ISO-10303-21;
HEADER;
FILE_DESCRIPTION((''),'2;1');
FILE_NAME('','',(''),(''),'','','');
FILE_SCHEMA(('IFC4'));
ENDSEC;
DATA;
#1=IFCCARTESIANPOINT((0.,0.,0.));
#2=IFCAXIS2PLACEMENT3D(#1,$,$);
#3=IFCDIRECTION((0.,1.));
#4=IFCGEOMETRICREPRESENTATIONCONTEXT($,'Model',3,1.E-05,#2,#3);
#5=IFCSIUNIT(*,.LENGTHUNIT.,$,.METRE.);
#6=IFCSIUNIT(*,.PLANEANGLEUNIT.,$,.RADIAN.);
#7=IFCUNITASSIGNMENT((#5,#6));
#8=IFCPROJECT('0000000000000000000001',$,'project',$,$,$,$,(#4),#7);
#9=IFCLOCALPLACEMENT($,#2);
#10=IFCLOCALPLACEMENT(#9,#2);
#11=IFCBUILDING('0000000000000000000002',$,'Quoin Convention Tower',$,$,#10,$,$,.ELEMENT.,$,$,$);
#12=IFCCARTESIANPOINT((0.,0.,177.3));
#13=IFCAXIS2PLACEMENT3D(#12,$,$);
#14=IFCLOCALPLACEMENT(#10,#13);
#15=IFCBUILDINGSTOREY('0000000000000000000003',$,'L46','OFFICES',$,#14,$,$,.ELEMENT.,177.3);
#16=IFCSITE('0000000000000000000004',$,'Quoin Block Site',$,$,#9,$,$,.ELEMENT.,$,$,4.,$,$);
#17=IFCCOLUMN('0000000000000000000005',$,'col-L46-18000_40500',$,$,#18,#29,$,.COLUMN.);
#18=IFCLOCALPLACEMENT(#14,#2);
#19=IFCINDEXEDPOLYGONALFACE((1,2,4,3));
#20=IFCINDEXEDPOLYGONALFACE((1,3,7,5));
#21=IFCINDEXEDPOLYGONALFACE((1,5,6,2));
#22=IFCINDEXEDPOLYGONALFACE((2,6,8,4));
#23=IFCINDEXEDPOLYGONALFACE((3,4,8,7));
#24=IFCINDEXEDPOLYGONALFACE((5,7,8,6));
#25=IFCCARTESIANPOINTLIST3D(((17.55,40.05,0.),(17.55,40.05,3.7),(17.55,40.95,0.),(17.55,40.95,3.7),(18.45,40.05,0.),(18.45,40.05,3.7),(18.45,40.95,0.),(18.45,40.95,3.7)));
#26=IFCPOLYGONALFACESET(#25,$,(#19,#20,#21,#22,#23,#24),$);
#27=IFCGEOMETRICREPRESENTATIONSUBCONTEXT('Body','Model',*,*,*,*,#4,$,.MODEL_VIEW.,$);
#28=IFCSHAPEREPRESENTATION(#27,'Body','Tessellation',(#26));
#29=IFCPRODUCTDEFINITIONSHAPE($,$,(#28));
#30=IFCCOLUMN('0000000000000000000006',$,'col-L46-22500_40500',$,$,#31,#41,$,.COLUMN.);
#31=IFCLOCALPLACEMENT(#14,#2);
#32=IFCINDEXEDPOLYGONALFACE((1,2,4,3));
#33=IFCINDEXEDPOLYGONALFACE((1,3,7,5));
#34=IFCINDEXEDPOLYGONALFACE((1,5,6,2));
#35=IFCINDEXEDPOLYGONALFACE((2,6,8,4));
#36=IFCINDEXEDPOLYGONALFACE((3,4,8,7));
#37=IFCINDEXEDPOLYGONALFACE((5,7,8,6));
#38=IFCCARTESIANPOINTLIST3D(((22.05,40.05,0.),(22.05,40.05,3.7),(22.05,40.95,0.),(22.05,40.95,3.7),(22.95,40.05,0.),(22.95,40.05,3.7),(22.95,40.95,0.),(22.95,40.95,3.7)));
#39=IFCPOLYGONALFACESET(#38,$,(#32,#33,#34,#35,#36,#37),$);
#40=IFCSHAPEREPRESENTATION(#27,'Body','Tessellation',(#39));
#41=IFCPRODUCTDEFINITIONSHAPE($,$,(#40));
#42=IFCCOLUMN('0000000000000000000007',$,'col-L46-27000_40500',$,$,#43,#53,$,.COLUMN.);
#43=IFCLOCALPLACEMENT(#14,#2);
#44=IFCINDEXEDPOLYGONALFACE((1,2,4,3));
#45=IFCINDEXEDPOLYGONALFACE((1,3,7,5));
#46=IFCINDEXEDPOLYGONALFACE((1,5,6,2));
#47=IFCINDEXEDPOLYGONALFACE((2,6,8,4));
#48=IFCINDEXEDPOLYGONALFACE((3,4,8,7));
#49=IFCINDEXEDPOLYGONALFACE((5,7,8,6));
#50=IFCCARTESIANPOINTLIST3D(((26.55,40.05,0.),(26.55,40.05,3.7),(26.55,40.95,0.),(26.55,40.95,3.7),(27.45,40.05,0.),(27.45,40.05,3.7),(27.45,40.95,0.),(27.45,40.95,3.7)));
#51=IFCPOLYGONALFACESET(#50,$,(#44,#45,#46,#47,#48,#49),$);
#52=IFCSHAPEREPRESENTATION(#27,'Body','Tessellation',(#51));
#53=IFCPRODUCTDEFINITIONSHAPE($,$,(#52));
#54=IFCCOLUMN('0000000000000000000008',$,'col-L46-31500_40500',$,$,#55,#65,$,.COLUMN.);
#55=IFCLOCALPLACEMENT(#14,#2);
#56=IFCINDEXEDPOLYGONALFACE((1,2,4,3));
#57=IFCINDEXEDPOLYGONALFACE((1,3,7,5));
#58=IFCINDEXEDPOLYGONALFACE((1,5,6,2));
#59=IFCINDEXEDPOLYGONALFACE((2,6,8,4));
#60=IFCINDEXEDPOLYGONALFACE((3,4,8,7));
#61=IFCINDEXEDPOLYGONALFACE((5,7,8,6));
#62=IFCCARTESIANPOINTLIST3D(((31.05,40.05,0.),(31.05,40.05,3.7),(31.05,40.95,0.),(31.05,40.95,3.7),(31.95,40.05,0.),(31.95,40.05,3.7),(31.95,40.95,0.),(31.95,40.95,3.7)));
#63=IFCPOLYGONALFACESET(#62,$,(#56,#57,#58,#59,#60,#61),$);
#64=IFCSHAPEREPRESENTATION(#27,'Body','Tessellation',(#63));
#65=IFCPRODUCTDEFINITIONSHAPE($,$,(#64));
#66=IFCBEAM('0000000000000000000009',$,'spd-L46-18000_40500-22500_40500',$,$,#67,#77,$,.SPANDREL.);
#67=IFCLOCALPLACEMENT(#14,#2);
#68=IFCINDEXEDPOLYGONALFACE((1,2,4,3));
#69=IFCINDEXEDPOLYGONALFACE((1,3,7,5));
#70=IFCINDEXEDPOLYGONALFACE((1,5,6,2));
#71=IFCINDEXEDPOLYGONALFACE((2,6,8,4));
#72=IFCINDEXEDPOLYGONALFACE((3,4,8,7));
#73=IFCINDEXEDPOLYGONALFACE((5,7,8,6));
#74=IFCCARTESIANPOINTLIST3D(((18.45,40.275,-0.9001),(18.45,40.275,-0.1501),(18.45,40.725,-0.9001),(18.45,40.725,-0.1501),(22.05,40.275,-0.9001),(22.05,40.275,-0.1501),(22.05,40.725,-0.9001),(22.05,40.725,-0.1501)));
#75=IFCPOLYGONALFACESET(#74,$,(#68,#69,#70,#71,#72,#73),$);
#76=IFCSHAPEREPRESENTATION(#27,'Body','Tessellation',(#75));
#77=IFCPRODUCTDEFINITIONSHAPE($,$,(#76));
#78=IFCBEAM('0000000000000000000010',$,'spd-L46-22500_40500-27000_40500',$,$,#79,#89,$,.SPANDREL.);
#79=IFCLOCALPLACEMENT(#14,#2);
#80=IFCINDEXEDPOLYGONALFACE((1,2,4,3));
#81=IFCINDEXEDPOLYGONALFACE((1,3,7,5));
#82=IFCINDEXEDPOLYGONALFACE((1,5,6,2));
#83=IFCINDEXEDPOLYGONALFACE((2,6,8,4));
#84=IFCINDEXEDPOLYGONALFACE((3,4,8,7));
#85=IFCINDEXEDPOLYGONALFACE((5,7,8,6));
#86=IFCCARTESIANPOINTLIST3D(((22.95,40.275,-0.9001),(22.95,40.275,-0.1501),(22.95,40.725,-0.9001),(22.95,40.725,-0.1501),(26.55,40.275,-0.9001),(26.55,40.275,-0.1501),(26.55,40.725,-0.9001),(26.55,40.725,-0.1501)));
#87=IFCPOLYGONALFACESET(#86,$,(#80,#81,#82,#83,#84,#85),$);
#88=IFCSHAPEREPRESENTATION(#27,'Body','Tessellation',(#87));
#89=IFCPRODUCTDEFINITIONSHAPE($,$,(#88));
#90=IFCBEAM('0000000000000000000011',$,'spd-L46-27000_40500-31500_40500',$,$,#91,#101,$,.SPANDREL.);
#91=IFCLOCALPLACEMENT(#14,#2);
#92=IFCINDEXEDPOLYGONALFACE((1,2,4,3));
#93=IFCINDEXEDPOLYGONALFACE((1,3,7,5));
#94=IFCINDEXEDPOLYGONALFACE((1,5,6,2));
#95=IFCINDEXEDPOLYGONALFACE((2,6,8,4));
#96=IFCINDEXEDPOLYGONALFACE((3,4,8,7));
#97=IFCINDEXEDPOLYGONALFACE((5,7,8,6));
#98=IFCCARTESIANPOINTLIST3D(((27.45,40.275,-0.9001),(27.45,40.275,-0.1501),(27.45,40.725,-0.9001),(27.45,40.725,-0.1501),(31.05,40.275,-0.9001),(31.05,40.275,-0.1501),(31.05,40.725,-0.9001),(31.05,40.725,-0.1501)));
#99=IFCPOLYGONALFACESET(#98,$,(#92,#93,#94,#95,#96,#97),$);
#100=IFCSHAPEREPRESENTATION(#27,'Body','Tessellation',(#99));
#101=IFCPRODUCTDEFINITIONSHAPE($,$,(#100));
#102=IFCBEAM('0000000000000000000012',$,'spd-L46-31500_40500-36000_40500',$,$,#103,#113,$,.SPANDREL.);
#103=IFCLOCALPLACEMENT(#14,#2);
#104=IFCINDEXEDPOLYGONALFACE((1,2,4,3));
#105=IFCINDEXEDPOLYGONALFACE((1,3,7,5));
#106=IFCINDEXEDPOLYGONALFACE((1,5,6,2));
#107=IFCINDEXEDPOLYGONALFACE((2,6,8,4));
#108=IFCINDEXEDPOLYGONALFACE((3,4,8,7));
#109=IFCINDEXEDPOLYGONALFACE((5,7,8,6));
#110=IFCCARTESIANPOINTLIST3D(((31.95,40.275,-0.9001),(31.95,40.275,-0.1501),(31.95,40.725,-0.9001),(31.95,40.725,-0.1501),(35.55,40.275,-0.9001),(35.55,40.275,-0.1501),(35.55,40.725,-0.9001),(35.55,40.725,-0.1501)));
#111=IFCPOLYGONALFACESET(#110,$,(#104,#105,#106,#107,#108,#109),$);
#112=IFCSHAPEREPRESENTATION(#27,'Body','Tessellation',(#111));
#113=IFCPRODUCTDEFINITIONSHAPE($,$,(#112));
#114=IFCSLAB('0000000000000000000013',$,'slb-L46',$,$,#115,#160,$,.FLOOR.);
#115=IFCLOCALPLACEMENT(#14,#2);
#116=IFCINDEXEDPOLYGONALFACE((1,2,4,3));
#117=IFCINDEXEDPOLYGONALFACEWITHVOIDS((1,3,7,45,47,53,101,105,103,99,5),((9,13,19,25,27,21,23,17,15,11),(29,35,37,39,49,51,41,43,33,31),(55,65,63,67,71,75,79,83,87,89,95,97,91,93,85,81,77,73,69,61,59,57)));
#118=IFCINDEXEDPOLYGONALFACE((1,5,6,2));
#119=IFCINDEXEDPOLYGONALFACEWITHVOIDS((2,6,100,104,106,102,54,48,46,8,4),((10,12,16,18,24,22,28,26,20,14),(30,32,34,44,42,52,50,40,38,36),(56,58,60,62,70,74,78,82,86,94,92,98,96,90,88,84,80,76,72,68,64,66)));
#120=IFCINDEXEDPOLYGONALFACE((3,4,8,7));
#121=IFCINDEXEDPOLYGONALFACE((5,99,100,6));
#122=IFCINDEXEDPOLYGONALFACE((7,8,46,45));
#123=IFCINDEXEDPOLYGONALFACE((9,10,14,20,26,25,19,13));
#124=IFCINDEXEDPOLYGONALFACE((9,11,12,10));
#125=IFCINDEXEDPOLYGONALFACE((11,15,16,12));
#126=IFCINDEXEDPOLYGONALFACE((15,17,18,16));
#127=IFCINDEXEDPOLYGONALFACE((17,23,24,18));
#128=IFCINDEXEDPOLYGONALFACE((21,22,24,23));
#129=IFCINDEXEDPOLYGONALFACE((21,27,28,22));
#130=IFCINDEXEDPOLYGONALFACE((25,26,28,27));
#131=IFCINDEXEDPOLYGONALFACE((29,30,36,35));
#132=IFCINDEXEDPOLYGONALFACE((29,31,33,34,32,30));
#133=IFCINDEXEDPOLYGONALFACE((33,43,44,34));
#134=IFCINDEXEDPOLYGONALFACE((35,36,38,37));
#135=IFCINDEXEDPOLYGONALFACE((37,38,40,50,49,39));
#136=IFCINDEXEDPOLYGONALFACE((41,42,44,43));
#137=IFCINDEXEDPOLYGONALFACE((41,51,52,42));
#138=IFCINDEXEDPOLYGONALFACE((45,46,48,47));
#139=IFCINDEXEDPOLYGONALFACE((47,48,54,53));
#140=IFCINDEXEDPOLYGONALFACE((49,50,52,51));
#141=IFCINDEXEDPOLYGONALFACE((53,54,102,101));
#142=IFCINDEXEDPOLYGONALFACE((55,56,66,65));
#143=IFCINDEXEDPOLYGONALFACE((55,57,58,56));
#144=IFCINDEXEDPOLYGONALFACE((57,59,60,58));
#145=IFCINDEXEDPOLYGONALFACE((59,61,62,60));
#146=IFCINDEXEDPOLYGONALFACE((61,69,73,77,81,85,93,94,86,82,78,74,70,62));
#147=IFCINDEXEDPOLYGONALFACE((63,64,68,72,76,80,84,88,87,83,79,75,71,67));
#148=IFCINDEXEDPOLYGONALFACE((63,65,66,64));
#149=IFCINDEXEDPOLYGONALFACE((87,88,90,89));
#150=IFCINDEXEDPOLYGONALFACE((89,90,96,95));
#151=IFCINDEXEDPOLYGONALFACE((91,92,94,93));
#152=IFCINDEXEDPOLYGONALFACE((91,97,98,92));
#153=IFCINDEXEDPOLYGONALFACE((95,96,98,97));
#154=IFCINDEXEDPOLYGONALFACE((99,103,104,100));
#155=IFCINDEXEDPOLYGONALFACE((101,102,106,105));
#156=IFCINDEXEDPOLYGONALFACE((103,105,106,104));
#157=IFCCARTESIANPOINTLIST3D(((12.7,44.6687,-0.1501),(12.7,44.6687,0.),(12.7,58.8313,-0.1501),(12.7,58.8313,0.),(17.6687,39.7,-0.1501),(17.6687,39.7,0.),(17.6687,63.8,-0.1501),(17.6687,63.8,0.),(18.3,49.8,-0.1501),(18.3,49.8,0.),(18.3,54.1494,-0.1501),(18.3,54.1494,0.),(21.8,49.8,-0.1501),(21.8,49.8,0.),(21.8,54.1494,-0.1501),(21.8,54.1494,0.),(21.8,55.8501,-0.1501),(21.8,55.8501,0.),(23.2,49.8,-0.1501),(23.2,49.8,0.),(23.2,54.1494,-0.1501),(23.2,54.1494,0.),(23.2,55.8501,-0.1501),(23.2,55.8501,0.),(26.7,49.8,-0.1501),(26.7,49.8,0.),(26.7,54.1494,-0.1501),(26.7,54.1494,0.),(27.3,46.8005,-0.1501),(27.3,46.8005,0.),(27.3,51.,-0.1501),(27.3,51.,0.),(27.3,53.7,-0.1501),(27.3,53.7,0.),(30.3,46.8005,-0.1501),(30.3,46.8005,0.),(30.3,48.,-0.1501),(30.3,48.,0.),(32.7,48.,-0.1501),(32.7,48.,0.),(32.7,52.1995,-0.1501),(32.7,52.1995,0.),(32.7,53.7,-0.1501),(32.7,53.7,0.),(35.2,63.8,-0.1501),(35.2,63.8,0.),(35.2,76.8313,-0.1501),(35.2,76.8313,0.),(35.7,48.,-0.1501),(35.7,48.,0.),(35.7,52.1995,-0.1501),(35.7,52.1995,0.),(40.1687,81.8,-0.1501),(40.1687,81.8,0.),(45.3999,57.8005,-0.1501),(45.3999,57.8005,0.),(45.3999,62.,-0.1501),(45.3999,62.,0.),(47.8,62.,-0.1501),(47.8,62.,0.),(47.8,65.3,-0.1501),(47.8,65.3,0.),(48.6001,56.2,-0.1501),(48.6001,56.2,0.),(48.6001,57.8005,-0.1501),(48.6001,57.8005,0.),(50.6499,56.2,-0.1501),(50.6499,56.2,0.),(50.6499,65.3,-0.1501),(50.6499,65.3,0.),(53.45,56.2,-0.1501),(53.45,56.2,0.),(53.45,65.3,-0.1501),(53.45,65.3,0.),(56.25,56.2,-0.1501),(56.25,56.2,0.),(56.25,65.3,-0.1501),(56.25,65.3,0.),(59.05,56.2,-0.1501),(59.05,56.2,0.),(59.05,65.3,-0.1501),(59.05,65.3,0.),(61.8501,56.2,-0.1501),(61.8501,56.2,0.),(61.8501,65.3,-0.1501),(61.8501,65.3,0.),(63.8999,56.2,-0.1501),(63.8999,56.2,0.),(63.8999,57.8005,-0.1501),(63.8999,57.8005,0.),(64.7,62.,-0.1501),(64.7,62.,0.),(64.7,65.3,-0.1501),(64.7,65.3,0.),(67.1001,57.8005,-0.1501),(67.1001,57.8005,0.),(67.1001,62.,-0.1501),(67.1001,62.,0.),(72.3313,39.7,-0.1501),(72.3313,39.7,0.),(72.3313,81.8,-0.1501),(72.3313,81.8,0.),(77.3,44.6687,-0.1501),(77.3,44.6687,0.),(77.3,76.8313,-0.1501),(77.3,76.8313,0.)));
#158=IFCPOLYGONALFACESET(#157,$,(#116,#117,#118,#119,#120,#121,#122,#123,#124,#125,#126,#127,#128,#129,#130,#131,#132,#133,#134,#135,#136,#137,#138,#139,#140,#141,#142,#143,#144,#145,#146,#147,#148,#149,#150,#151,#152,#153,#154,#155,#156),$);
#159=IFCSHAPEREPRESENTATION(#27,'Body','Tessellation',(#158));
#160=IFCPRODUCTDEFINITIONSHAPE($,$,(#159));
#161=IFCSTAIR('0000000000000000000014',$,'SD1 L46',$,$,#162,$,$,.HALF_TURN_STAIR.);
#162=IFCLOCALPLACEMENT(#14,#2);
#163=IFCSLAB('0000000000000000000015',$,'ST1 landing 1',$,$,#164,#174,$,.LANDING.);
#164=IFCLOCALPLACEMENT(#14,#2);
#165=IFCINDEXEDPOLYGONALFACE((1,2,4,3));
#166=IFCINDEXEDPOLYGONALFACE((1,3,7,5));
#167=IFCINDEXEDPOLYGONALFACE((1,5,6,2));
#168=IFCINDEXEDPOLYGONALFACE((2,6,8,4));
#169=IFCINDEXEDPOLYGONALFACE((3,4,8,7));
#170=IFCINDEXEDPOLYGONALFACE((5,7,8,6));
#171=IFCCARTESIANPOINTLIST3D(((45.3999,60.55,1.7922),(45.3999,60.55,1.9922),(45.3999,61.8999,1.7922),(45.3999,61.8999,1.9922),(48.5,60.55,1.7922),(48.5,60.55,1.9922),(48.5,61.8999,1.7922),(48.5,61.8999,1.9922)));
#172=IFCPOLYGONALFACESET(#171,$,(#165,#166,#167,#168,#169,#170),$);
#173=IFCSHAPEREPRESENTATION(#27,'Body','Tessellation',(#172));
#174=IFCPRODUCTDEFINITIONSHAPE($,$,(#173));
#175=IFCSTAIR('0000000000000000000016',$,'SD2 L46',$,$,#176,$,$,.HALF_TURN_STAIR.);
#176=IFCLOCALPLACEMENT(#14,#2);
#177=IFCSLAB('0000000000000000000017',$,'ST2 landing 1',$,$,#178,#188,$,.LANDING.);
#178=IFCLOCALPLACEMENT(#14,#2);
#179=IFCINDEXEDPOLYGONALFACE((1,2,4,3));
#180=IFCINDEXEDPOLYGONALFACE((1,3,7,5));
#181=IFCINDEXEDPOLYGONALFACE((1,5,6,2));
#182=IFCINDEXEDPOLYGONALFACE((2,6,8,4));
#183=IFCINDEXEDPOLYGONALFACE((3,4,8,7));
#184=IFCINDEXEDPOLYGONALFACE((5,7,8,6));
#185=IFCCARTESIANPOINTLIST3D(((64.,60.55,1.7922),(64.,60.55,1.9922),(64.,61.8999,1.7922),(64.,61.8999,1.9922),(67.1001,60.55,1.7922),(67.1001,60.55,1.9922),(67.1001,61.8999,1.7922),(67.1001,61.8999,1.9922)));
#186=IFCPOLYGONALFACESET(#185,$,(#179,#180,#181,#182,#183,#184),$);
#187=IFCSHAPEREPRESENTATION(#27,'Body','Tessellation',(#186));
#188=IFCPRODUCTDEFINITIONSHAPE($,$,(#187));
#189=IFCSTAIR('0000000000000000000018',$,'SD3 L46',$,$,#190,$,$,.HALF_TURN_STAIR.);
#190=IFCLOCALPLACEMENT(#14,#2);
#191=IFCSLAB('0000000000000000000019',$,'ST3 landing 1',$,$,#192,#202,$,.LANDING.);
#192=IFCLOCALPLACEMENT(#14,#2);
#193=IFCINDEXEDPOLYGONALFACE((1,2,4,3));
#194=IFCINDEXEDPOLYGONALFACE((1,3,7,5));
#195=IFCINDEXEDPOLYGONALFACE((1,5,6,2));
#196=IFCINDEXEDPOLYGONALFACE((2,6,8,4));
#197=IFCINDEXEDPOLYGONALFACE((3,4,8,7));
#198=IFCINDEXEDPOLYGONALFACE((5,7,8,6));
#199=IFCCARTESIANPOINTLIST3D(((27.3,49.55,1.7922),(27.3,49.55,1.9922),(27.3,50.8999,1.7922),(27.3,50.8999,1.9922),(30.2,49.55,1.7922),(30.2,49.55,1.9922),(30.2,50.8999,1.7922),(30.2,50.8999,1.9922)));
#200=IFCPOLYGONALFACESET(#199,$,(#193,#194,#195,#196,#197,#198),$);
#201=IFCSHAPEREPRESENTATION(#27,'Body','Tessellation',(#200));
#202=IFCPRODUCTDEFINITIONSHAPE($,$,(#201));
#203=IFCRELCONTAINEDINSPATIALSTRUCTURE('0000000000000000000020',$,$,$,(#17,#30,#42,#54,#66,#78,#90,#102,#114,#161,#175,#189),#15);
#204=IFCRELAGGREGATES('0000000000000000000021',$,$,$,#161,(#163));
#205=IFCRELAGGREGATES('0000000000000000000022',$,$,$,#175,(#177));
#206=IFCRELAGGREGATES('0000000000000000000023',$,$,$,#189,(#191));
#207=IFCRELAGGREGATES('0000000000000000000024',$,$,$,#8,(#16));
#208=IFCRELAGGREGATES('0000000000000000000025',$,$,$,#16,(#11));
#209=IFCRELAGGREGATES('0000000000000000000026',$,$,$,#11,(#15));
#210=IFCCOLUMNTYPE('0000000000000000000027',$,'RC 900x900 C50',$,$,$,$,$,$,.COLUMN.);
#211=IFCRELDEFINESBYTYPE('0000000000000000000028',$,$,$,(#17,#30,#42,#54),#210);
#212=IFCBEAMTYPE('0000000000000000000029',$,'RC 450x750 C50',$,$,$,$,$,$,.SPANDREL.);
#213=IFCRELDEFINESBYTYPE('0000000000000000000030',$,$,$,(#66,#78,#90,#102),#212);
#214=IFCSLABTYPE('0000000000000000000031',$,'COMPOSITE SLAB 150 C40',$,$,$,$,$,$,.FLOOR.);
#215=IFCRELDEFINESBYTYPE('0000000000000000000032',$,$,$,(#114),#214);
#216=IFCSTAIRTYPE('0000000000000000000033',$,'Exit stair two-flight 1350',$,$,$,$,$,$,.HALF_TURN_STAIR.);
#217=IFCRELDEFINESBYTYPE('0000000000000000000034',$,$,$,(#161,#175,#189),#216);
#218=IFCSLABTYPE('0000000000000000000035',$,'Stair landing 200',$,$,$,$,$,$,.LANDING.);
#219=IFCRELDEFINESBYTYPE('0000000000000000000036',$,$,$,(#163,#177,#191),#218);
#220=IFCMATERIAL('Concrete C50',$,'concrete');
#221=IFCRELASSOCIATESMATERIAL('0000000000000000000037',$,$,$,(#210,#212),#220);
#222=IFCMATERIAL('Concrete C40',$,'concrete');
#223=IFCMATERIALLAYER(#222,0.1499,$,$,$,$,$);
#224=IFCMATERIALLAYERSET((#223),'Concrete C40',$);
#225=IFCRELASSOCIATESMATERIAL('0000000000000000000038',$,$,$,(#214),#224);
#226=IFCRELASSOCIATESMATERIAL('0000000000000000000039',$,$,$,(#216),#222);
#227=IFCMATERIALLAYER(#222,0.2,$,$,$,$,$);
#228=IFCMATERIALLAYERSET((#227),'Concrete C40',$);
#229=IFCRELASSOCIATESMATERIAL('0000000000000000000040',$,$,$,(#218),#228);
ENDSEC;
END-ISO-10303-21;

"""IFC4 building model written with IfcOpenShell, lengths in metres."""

from ifc_helpers import new_model, si_unit, direction, frame, origin, origin_2d, place, context, subcontext, project, spatial, polyline, rectangle, outline, extrude, material, layer, layer_set, material_profile, profile_set, type_object, element, aggregate, save


model = new_model("IFC4")

# Units and contexts
model_context = context("Model", 3, precision=1e-05, world=origin(), true_north=direction((0.0, 1.0)))
body_context = subcontext(model_context, "Body", "Model", "MODEL_VIEW")
ifc_project = project(units=[si_unit("LENGTHUNIT", "METRE"), si_unit("PLANEANGLEUNIT", "RADIAN")], contexts=[model_context])

# Site, building, storey
site_placement = place(None, origin())
site = spatial("IfcSite", under=ifc_project, at=site_placement, Name="Quoin Block Site", CompositionType="ELEMENT", RefElevation=4.0)
building_placement = place(site_placement, origin())
building = spatial("IfcBuilding", under=site, at=building_placement, Name="Quoin Convention Tower", CompositionType="ELEMENT")
storey_placement = place(building_placement, frame((0.0, 0.0, 177.3)))
storey = spatial("IfcBuildingStorey", under=building, at=storey_placement, Name="L46", Description="OFFICES", CompositionType="ELEMENT", Elevation=177.3)

# Columns
ifc_material_1 = material(Name="Concrete C50", Category="concrete")
ifc_material_profile_1 = material_profile(ifc_material_1, rectangle(XDim=0.8999, YDim=0.8999, at=origin_2d()), Name="RC 900x900")
ifc_profile_set_1 = profile_set([ifc_material_profile_1], Name="Concrete C50")
column_type = type_object("IfcColumnType", Name="RC 900x900 C50", PredefinedType="COLUMN", material=ifc_profile_set_1)
for number, where, z_axis, x_axis, name in (
    (1, (18.0, 40.5, 0.0), (0.0, 0.0, 1.0), (1.0, 0.0, 0.0), "col-L46-18000_40500"),
    (2, (22.5, 40.5, 0.0), (0.0, 0.0, 1.0), (1.0, 0.0, 0.0), "col-L46-22500_40500"),
    (3, (27.0, 40.5, 0.0), (0.0, 0.0, 1.0), (1.0, 0.0, 0.0), "col-L46-27000_40500"),
    (4, (31.5, 40.5, 0.0), (0.0, 0.0, 1.0), (1.0, 0.0, 0.0), "col-L46-31500_40500"),
):
    element("IfcColumn", number, at=place(storey_placement, frame(where, z_axis=z_axis, x_axis=x_axis)), inside=storey, type_object=column_type, Name=name, PredefinedType="COLUMN", context=body_context, shape_type="SweptSolid", body=[
        extrude(rectangle(XDim=0.8999, YDim=0.8999, at=origin_2d()), origin(), (0.0, 0.0, 1.0), 3.7),
    ])

# Beams
ifc_material_profile_2 = material_profile(ifc_material_1, rectangle(XDim=0.45, YDim=0.75, at=origin_2d()), Name="RC 450x750")
ifc_profile_set_2 = profile_set([ifc_material_profile_2], Name="Concrete C50")
beam_type = type_object("IfcBeamType", Name="RC 450x750 C50", PredefinedType="SPANDREL", material=ifc_profile_set_2)
for number, where, z_axis, x_axis, name in (
    (5, (18.45, 40.5, -0.5251), (1.0, 0.0, 0.0), (0.0, 1.0, 0.0), "spd-L46-18000_40500-22500_40500"),
    (6, (22.95, 40.5, -0.5251), (1.0, 0.0, 0.0), (0.0, 1.0, 0.0), "spd-L46-22500_40500-27000_40500"),
    (7, (27.45, 40.5, -0.5251), (1.0, 0.0, 0.0), (0.0, 1.0, 0.0), "spd-L46-27000_40500-31500_40500"),
    (8, (31.95, 40.5, -0.5251), (1.0, 0.0, 0.0), (0.0, 1.0, 0.0), "spd-L46-31500_40500-36000_40500"),
):
    element("IfcBeam", number, at=place(storey_placement, frame(where, z_axis=z_axis, x_axis=x_axis)), inside=storey, type_object=beam_type, Name=name, PredefinedType="SPANDREL", context=body_context, shape_type="SweptSolid", body=[
        extrude(rectangle(XDim=0.45, YDim=0.75, at=origin_2d()), origin(), (0.0, 0.0, 1.0), 3.6001),
    ])

# Slab
ifc_material_2 = material(Name="Concrete C40", Category="concrete")
ifc_layer_1 = layer(ifc_material_2, 0.1499)
ifc_layer_set_1 = layer_set([ifc_layer_1], Name="Concrete C40")
slab_type_1 = type_object("IfcSlabType", Name="COMPOSITE SLAB 150 C40", PredefinedType="FLOOR", material=ifc_layer_set_1)
slab_1_placement = place(storey_placement, frame((0.0, 0.0, -0.1501)))
element("IfcSlab", 9, at=slab_1_placement, inside=storey, type_object=slab_type_1, Name="slb-L46", PredefinedType="FLOOR", context=body_context, shape_type="SweptSolid", body=[
    extrude(outline(polyline([(17.6687, 39.7), (12.7, 44.6687), (12.7, 58.8313), (17.6687, 63.8), (35.2, 63.8), (35.2, 76.8313), (40.1687, 81.8), (72.3313, 81.8), (77.3, 76.8313), (77.3, 44.6687), (72.3313, 39.7), (17.6687, 39.7)]), holes=[polyline([(27.3, 51.0), (27.3, 46.8005), (30.3, 46.8005), (30.3, 48.0), (32.7, 48.0), (35.7, 48.0), (35.7, 52.1995), (32.7, 52.1995), (32.7, 53.7), (27.3, 53.7), (27.3, 51.0)]), polyline([(18.3, 49.8), (21.8, 49.8), (23.2, 49.8), (26.7, 49.8), (26.7, 54.1494), (23.2, 54.1494), (23.2, 55.8501), (21.8, 55.8501), (21.8, 54.1494), (18.3, 54.1494), (18.3, 49.8)]), polyline([(48.6001, 56.2), (50.6499, 56.2), (53.45, 56.2), (56.25, 56.2), (59.05, 56.2), (61.8501, 56.2), (63.8999, 56.2), (63.8999, 57.8005), (67.1001, 57.8005), (67.1001, 62.0), (64.7, 62.0), (64.7, 65.3), (61.8501, 65.3), (59.05, 65.3), (56.25, 65.3), (53.45, 65.3), (50.6499, 65.3), (47.8, 65.3), (47.8, 62.0), (45.3999, 62.0), (45.3999, 57.8005), (48.6001, 57.8005), (48.6001, 56.2)])]), origin(), (0.0, 0.0, 1.0), 0.1501),
])

# Stairs, slabs
stair_type_1 = type_object("IfcStairType", Name="Exit stair two-flight 1350", PredefinedType="HALF_TURN_STAIR", material=ifc_material_2)
stair_1_placement = place(storey_placement, origin())
stair_1 = element("IfcStair", 10, at=stair_1_placement, inside=storey, type_object=stair_type_1, Name="SD1 L46", PredefinedType="HALF_TURN_STAIR")
ifc_layer_2 = layer(ifc_material_2, 0.2)
ifc_layer_set_2 = layer_set([ifc_layer_2], Name="Concrete C40")
slab_type_2 = type_object("IfcSlabType", Name="Stair landing 200", PredefinedType="LANDING", material=ifc_layer_set_2)
slab_2_placement = place(storey_placement, frame((0.0, 0.0, 1.7922)))
slab_2 = element("IfcSlab", 11, at=slab_2_placement, type_object=slab_type_2, Name="ST1 landing 1", PredefinedType="LANDING", context=body_context, shape_type="SweptSolid", body=[
    extrude(outline(polyline([(45.3999, 60.55), (48.5, 60.55), (48.5, 61.8999), (45.3999, 61.8999), (45.3999, 60.55)])), origin(), (0.0, 0.0, 1.0), 0.2),
])
aggregate(stair_1, [slab_2])
stair_2_placement = place(storey_placement, origin())
stair_2 = element("IfcStair", 12, at=stair_2_placement, inside=storey, type_object=stair_type_1, Name="SD2 L46", PredefinedType="HALF_TURN_STAIR")
slab_3_placement = place(storey_placement, frame((0.0, 0.0, 1.7922)))
slab_3 = element("IfcSlab", 13, at=slab_3_placement, type_object=slab_type_2, Name="ST2 landing 1", PredefinedType="LANDING", context=body_context, shape_type="SweptSolid", body=[
    extrude(outline(polyline([(64.0, 60.55), (67.1001, 60.55), (67.1001, 61.8999), (64.0, 61.8999), (64.0, 60.55)])), origin(), (0.0, 0.0, 1.0), 0.2),
])
aggregate(stair_2, [slab_3])
stair_3_placement = place(storey_placement, origin())
stair_3 = element("IfcStair", 14, at=stair_3_placement, inside=storey, type_object=stair_type_1, Name="SD3 L46", PredefinedType="HALF_TURN_STAIR")
slab_4_placement = place(storey_placement, frame((0.0, 0.0, 1.7922)))
slab_4 = element("IfcSlab", 15, at=slab_4_placement, type_object=slab_type_2, Name="ST3 landing 1", PredefinedType="LANDING", context=body_context, shape_type="SweptSolid", body=[
    extrude(outline(polyline([(27.3, 49.55), (30.2, 49.55), (30.2, 50.8999), (27.3, 50.8999), (27.3, 49.55)])), origin(), (0.0, 0.0, 1.0), 0.2),
])
aggregate(stair_3, [slab_4])

save(model, "model.ifc")
